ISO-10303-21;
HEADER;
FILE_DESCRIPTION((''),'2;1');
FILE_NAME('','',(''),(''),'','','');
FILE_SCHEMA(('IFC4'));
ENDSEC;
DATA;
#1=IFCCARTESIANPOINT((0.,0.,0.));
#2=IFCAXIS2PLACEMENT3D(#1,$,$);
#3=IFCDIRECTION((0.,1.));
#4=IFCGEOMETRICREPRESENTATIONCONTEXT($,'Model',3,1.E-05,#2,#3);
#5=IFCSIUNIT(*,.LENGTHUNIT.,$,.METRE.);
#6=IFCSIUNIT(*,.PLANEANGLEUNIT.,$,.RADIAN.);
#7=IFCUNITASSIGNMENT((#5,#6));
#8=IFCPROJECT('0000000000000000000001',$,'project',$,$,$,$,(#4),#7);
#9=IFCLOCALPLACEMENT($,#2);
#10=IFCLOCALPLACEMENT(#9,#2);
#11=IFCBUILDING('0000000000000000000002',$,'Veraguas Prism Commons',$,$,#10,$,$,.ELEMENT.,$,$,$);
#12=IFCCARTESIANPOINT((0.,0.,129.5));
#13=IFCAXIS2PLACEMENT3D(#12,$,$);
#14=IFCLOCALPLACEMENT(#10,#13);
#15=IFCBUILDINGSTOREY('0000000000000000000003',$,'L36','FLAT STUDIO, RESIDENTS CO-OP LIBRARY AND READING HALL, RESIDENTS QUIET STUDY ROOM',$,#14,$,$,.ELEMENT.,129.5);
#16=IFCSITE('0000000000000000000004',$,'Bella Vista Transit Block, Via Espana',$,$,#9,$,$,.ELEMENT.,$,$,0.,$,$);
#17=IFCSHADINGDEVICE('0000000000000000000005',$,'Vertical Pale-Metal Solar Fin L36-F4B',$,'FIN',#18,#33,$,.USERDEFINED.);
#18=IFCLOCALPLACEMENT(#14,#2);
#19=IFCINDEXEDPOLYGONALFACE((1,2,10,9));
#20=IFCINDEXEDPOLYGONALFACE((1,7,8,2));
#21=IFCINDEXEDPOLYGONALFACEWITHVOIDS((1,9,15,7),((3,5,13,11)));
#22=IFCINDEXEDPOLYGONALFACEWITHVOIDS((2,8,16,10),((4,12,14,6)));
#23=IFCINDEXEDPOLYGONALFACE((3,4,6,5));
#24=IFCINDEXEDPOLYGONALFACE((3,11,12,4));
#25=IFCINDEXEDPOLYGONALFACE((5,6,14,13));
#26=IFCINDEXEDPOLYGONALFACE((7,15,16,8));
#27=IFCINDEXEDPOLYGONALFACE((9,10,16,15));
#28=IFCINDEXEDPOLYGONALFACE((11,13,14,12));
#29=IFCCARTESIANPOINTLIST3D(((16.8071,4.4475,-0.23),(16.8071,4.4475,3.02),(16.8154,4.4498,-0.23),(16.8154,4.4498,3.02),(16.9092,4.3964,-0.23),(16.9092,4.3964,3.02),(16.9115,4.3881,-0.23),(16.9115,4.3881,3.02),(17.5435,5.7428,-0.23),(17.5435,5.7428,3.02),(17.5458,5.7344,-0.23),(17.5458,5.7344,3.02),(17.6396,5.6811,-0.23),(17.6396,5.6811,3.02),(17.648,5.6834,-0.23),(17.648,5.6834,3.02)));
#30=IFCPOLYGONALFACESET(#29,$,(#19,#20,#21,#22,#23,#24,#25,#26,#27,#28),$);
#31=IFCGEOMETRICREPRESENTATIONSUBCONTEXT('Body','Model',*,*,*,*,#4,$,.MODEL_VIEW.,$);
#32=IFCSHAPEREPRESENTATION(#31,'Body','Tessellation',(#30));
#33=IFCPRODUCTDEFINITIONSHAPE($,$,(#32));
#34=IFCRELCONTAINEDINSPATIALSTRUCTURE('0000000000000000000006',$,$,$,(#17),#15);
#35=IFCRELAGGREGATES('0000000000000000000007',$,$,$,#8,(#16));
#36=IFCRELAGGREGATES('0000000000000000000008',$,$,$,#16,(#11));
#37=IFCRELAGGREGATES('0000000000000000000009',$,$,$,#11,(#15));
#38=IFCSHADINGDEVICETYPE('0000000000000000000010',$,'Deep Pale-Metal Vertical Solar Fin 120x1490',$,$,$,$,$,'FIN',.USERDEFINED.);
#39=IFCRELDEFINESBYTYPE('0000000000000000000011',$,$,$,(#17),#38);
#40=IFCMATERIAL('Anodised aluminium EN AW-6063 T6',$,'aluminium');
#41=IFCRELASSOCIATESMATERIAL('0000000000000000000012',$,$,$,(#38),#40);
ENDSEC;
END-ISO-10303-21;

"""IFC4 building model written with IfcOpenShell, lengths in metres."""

from ifc_helpers import new_model, si_unit, direction, frame, origin, origin_2d, place, context, subcontext, project, spatial, hollow_rectangle, extrude, material, material_profile, profile_set, type_object, element, save


model = new_model("IFC4")

# Units and contexts
model_context = context("Model", 3, precision=1e-05, world=origin(), true_north=direction((0.0, 1.0)))
body_context = subcontext(model_context, "Body", "Model", "MODEL_VIEW")
ifc_project = project(units=[si_unit("LENGTHUNIT", "METRE"), si_unit("PLANEANGLEUNIT", "RADIAN")], contexts=[model_context])

# Site, building, storey
site_placement = place(None, origin())
site = spatial("IfcSite", under=ifc_project, at=site_placement, Name="Bella Vista Transit Block, Via Espana", CompositionType="ELEMENT", RefElevation=0.0)
building_placement = place(site_placement, origin())
building = spatial("IfcBuilding", under=site, at=building_placement, Name="Veraguas Prism Commons", CompositionType="ELEMENT")
storey_placement = place(building_placement, frame((0.0, 0.0, 129.5)))
storey = spatial("IfcBuildingStorey", under=building, at=storey_placement, Name="L36", Description="FLAT STUDIO, RESIDENTS CO-OP LIBRARY AND READING HALL, RESIDENTS QUIET STUDY ROOM", CompositionType="ELEMENT", Elevation=129.5)

# Shared definitions
ifc_material_1 = material(Name="Anodised aluminium EN AW-6063 T6", Category="aluminium")

# Shading device
ifc_material_profile_1 = material_profile(ifc_material_1, hollow_rectangle(XDim=0.1201, YDim=1.49, WallThickness=0.0061, at=origin_2d()), Name="FIN120X1490X6")
ifc_profile_set_1 = profile_set([ifc_material_profile_1], Name="Anodised aluminium EN AW-6063 T6")
shading_device_type = type_object("IfcShadingDeviceType", Name="Deep Pale-Metal Vertical Solar Fin 120x1490", ElementType="FIN", PredefinedType="USERDEFINED", material=ifc_profile_set_1)
shading_device_placement = place(storey_placement, frame((17.2275, 5.0654, -0.23), z_axis=(0.0, 0.0, 1.0), x_axis=(0.869322, -0.494245, 0.0)))
element("IfcShadingDevice", 1, at=shading_device_placement, inside=storey, type_object=shading_device_type, Name="Vertical Pale-Metal Solar Fin L36-F4B", ObjectType="FIN", PredefinedType="USERDEFINED", context=body_context, shape_type="SweptSolid", body=[
    extrude(hollow_rectangle(XDim=0.1201, YDim=1.49, WallThickness=0.0061, at=origin_2d()), origin(), (0.0, 0.0, 1.0), 3.25),
])

save(model, "model.ifc")
